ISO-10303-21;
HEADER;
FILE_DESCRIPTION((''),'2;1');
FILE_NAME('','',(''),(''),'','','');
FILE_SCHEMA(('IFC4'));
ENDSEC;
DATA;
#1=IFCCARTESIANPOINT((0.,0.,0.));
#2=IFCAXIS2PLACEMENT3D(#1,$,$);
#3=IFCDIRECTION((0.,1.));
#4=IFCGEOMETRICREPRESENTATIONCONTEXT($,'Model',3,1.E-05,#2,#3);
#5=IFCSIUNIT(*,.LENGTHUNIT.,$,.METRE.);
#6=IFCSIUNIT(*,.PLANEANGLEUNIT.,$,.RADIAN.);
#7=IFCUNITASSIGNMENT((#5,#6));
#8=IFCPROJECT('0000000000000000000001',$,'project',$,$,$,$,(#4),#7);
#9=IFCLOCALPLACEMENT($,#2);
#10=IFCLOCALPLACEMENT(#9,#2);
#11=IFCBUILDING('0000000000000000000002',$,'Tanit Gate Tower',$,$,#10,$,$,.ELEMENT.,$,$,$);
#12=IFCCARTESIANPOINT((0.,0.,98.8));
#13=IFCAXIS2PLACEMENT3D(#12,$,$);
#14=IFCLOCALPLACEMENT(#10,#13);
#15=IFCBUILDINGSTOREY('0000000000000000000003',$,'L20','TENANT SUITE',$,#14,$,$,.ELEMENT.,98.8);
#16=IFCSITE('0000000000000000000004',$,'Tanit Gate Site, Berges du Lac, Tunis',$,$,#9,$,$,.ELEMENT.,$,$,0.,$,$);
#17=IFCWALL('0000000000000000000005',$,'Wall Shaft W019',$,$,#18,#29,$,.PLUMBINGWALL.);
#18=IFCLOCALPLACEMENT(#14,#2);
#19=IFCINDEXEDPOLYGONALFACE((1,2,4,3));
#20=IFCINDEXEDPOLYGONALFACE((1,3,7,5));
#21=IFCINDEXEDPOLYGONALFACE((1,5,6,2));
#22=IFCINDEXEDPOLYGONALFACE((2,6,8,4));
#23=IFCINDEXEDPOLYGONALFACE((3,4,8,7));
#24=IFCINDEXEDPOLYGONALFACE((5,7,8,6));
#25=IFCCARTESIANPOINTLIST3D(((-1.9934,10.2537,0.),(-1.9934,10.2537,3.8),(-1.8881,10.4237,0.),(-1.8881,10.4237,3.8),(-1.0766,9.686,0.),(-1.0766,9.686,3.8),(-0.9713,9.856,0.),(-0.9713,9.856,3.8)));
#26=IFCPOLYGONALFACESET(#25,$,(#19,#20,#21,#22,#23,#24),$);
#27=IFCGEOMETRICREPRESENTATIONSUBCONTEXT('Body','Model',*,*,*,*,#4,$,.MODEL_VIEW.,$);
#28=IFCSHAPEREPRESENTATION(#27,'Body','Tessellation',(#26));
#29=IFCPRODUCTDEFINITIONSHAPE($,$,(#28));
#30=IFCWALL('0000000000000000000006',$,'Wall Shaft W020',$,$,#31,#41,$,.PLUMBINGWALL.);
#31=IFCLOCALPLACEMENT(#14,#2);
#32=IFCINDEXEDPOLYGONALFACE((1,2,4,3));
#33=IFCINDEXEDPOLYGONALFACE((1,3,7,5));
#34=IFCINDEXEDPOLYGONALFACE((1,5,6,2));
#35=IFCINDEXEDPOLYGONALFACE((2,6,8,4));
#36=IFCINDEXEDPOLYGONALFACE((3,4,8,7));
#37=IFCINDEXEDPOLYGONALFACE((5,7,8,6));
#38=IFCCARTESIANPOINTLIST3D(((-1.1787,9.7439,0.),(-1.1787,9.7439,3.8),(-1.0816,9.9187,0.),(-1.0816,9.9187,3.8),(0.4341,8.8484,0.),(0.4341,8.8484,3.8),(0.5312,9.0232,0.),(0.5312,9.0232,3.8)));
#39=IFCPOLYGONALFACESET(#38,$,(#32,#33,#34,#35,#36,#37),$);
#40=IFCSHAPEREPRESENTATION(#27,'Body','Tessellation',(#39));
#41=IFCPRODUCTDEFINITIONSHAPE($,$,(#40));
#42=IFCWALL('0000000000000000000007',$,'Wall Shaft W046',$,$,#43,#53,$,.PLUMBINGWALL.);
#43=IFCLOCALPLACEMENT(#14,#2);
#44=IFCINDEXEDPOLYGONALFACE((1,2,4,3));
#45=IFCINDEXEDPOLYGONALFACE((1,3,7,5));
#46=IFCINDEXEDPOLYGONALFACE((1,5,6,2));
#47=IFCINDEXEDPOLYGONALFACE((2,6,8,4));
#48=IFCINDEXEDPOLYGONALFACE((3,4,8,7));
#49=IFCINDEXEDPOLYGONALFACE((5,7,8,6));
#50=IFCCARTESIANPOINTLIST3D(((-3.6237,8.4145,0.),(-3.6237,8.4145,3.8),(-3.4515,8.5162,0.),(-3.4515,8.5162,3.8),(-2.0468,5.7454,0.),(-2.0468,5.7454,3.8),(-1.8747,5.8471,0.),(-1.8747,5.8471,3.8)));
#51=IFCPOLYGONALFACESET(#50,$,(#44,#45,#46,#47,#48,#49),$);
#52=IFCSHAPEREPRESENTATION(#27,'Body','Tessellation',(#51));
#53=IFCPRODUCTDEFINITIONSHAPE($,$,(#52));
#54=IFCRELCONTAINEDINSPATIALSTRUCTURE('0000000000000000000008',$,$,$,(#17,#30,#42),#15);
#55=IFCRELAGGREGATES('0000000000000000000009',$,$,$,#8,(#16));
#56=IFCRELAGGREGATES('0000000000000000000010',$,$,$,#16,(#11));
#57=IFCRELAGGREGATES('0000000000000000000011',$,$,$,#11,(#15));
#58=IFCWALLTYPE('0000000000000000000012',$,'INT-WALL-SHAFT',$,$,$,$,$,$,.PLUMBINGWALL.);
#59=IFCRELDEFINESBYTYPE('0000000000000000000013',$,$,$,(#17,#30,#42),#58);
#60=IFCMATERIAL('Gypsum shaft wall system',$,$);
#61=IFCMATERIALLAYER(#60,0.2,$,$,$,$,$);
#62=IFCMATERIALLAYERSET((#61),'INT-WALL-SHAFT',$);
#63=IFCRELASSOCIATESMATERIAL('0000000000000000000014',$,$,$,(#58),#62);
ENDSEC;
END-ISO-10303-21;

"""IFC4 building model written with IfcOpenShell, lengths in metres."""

from ifc_helpers import new_model, si_unit, direction, frame, frame_2d, origin, place, context, subcontext, project, spatial, rectangle, extrude, material, layer, layer_set, type_object, element, save


model = new_model("IFC4")

# Units and contexts
model_context = context("Model", 3, precision=1e-05, world=origin(), true_north=direction((0.0, 1.0)))
body_context = subcontext(model_context, "Body", "Model", "MODEL_VIEW")
ifc_project = project(units=[si_unit("LENGTHUNIT", "METRE"), si_unit("PLANEANGLEUNIT", "RADIAN")], contexts=[model_context])

# Site, building, storey
site_placement = place(None, origin())
site = spatial("IfcSite", under=ifc_project, at=site_placement, Name="Tanit Gate Site, Berges du Lac, Tunis", CompositionType="ELEMENT", RefElevation=0.0)
building_placement = place(site_placement, origin())
building = spatial("IfcBuilding", under=site, at=building_placement, Name="Tanit Gate Tower", CompositionType="ELEMENT")
storey_placement = place(building_placement, frame((0.0, 0.0, 98.8)))
storey = spatial("IfcBuildingStorey", under=building, at=storey_placement, Name="L20", Description="TENANT SUITE", CompositionType="ELEMENT", Elevation=98.8)

# Walls
ifc_material_1 = material(Name="Gypsum shaft wall system")
ifc_layer_1 = layer(ifc_material_1, 0.2)
ifc_layer_set_1 = layer_set([ifc_layer_1], Name="INT-WALL-SHAFT")
wall_type_1 = type_object("IfcWallType", Name="INT-WALL-SHAFT", PredefinedType="PLUMBINGWALL", material=ifc_layer_set_1)
wall_1_placement = place(storey_placement, frame((-1.9407, 10.3386, 0.0), z_axis=(0.0, 0.0, 1.0), x_axis=(0.850217, -0.526433, 0.0)))
element("IfcWall", 1, at=wall_1_placement, inside=storey, type_object=wall_type_1, Name="Wall Shaft W019", PredefinedType="PLUMBINGWALL", context=body_context, shape_type="SweptSolid", body=[
    extrude(rectangle(XDim=1.0784, YDim=0.2, at=frame_2d((0.5391, 0.0))), origin(), (0.0, 0.0, 1.0), 3.8),
])
wall_2_placement = place(storey_placement, frame((0.4827, 8.9358, 0.0), z_axis=(0.0, 0.0, 1.0), x_axis=(-0.87427, 0.485441, 0.0)))
element("IfcWall", 2, at=wall_2_placement, inside=storey, type_object=wall_type_1, Name="Wall Shaft W020", PredefinedType="PLUMBINGWALL", context=body_context, shape_type="SweptSolid", body=[
    extrude(rectangle(XDim=1.8447, YDim=0.2, at=frame_2d((0.9224, 0.0))), origin(), (0.0, 0.0, 1.0), 3.8),
])
wall_3_placement = place(storey_placement, frame((-3.5376, 8.4653, 0.0), z_axis=(0.0, 0.0, 1.0), x_axis=(0.508647, -0.860975, 0.0)))
element("IfcWall", 3, at=wall_3_placement, inside=storey, type_object=wall_type_1, Name="Wall Shaft W046", PredefinedType="PLUMBINGWALL", context=body_context, shape_type="SweptSolid", body=[
    extrude(rectangle(XDim=3.1001, YDim=0.2, at=frame_2d((1.55, 0.0))), origin(), (0.0, 0.0, 1.0), 3.8),
])

save(model, "model.ifc")
